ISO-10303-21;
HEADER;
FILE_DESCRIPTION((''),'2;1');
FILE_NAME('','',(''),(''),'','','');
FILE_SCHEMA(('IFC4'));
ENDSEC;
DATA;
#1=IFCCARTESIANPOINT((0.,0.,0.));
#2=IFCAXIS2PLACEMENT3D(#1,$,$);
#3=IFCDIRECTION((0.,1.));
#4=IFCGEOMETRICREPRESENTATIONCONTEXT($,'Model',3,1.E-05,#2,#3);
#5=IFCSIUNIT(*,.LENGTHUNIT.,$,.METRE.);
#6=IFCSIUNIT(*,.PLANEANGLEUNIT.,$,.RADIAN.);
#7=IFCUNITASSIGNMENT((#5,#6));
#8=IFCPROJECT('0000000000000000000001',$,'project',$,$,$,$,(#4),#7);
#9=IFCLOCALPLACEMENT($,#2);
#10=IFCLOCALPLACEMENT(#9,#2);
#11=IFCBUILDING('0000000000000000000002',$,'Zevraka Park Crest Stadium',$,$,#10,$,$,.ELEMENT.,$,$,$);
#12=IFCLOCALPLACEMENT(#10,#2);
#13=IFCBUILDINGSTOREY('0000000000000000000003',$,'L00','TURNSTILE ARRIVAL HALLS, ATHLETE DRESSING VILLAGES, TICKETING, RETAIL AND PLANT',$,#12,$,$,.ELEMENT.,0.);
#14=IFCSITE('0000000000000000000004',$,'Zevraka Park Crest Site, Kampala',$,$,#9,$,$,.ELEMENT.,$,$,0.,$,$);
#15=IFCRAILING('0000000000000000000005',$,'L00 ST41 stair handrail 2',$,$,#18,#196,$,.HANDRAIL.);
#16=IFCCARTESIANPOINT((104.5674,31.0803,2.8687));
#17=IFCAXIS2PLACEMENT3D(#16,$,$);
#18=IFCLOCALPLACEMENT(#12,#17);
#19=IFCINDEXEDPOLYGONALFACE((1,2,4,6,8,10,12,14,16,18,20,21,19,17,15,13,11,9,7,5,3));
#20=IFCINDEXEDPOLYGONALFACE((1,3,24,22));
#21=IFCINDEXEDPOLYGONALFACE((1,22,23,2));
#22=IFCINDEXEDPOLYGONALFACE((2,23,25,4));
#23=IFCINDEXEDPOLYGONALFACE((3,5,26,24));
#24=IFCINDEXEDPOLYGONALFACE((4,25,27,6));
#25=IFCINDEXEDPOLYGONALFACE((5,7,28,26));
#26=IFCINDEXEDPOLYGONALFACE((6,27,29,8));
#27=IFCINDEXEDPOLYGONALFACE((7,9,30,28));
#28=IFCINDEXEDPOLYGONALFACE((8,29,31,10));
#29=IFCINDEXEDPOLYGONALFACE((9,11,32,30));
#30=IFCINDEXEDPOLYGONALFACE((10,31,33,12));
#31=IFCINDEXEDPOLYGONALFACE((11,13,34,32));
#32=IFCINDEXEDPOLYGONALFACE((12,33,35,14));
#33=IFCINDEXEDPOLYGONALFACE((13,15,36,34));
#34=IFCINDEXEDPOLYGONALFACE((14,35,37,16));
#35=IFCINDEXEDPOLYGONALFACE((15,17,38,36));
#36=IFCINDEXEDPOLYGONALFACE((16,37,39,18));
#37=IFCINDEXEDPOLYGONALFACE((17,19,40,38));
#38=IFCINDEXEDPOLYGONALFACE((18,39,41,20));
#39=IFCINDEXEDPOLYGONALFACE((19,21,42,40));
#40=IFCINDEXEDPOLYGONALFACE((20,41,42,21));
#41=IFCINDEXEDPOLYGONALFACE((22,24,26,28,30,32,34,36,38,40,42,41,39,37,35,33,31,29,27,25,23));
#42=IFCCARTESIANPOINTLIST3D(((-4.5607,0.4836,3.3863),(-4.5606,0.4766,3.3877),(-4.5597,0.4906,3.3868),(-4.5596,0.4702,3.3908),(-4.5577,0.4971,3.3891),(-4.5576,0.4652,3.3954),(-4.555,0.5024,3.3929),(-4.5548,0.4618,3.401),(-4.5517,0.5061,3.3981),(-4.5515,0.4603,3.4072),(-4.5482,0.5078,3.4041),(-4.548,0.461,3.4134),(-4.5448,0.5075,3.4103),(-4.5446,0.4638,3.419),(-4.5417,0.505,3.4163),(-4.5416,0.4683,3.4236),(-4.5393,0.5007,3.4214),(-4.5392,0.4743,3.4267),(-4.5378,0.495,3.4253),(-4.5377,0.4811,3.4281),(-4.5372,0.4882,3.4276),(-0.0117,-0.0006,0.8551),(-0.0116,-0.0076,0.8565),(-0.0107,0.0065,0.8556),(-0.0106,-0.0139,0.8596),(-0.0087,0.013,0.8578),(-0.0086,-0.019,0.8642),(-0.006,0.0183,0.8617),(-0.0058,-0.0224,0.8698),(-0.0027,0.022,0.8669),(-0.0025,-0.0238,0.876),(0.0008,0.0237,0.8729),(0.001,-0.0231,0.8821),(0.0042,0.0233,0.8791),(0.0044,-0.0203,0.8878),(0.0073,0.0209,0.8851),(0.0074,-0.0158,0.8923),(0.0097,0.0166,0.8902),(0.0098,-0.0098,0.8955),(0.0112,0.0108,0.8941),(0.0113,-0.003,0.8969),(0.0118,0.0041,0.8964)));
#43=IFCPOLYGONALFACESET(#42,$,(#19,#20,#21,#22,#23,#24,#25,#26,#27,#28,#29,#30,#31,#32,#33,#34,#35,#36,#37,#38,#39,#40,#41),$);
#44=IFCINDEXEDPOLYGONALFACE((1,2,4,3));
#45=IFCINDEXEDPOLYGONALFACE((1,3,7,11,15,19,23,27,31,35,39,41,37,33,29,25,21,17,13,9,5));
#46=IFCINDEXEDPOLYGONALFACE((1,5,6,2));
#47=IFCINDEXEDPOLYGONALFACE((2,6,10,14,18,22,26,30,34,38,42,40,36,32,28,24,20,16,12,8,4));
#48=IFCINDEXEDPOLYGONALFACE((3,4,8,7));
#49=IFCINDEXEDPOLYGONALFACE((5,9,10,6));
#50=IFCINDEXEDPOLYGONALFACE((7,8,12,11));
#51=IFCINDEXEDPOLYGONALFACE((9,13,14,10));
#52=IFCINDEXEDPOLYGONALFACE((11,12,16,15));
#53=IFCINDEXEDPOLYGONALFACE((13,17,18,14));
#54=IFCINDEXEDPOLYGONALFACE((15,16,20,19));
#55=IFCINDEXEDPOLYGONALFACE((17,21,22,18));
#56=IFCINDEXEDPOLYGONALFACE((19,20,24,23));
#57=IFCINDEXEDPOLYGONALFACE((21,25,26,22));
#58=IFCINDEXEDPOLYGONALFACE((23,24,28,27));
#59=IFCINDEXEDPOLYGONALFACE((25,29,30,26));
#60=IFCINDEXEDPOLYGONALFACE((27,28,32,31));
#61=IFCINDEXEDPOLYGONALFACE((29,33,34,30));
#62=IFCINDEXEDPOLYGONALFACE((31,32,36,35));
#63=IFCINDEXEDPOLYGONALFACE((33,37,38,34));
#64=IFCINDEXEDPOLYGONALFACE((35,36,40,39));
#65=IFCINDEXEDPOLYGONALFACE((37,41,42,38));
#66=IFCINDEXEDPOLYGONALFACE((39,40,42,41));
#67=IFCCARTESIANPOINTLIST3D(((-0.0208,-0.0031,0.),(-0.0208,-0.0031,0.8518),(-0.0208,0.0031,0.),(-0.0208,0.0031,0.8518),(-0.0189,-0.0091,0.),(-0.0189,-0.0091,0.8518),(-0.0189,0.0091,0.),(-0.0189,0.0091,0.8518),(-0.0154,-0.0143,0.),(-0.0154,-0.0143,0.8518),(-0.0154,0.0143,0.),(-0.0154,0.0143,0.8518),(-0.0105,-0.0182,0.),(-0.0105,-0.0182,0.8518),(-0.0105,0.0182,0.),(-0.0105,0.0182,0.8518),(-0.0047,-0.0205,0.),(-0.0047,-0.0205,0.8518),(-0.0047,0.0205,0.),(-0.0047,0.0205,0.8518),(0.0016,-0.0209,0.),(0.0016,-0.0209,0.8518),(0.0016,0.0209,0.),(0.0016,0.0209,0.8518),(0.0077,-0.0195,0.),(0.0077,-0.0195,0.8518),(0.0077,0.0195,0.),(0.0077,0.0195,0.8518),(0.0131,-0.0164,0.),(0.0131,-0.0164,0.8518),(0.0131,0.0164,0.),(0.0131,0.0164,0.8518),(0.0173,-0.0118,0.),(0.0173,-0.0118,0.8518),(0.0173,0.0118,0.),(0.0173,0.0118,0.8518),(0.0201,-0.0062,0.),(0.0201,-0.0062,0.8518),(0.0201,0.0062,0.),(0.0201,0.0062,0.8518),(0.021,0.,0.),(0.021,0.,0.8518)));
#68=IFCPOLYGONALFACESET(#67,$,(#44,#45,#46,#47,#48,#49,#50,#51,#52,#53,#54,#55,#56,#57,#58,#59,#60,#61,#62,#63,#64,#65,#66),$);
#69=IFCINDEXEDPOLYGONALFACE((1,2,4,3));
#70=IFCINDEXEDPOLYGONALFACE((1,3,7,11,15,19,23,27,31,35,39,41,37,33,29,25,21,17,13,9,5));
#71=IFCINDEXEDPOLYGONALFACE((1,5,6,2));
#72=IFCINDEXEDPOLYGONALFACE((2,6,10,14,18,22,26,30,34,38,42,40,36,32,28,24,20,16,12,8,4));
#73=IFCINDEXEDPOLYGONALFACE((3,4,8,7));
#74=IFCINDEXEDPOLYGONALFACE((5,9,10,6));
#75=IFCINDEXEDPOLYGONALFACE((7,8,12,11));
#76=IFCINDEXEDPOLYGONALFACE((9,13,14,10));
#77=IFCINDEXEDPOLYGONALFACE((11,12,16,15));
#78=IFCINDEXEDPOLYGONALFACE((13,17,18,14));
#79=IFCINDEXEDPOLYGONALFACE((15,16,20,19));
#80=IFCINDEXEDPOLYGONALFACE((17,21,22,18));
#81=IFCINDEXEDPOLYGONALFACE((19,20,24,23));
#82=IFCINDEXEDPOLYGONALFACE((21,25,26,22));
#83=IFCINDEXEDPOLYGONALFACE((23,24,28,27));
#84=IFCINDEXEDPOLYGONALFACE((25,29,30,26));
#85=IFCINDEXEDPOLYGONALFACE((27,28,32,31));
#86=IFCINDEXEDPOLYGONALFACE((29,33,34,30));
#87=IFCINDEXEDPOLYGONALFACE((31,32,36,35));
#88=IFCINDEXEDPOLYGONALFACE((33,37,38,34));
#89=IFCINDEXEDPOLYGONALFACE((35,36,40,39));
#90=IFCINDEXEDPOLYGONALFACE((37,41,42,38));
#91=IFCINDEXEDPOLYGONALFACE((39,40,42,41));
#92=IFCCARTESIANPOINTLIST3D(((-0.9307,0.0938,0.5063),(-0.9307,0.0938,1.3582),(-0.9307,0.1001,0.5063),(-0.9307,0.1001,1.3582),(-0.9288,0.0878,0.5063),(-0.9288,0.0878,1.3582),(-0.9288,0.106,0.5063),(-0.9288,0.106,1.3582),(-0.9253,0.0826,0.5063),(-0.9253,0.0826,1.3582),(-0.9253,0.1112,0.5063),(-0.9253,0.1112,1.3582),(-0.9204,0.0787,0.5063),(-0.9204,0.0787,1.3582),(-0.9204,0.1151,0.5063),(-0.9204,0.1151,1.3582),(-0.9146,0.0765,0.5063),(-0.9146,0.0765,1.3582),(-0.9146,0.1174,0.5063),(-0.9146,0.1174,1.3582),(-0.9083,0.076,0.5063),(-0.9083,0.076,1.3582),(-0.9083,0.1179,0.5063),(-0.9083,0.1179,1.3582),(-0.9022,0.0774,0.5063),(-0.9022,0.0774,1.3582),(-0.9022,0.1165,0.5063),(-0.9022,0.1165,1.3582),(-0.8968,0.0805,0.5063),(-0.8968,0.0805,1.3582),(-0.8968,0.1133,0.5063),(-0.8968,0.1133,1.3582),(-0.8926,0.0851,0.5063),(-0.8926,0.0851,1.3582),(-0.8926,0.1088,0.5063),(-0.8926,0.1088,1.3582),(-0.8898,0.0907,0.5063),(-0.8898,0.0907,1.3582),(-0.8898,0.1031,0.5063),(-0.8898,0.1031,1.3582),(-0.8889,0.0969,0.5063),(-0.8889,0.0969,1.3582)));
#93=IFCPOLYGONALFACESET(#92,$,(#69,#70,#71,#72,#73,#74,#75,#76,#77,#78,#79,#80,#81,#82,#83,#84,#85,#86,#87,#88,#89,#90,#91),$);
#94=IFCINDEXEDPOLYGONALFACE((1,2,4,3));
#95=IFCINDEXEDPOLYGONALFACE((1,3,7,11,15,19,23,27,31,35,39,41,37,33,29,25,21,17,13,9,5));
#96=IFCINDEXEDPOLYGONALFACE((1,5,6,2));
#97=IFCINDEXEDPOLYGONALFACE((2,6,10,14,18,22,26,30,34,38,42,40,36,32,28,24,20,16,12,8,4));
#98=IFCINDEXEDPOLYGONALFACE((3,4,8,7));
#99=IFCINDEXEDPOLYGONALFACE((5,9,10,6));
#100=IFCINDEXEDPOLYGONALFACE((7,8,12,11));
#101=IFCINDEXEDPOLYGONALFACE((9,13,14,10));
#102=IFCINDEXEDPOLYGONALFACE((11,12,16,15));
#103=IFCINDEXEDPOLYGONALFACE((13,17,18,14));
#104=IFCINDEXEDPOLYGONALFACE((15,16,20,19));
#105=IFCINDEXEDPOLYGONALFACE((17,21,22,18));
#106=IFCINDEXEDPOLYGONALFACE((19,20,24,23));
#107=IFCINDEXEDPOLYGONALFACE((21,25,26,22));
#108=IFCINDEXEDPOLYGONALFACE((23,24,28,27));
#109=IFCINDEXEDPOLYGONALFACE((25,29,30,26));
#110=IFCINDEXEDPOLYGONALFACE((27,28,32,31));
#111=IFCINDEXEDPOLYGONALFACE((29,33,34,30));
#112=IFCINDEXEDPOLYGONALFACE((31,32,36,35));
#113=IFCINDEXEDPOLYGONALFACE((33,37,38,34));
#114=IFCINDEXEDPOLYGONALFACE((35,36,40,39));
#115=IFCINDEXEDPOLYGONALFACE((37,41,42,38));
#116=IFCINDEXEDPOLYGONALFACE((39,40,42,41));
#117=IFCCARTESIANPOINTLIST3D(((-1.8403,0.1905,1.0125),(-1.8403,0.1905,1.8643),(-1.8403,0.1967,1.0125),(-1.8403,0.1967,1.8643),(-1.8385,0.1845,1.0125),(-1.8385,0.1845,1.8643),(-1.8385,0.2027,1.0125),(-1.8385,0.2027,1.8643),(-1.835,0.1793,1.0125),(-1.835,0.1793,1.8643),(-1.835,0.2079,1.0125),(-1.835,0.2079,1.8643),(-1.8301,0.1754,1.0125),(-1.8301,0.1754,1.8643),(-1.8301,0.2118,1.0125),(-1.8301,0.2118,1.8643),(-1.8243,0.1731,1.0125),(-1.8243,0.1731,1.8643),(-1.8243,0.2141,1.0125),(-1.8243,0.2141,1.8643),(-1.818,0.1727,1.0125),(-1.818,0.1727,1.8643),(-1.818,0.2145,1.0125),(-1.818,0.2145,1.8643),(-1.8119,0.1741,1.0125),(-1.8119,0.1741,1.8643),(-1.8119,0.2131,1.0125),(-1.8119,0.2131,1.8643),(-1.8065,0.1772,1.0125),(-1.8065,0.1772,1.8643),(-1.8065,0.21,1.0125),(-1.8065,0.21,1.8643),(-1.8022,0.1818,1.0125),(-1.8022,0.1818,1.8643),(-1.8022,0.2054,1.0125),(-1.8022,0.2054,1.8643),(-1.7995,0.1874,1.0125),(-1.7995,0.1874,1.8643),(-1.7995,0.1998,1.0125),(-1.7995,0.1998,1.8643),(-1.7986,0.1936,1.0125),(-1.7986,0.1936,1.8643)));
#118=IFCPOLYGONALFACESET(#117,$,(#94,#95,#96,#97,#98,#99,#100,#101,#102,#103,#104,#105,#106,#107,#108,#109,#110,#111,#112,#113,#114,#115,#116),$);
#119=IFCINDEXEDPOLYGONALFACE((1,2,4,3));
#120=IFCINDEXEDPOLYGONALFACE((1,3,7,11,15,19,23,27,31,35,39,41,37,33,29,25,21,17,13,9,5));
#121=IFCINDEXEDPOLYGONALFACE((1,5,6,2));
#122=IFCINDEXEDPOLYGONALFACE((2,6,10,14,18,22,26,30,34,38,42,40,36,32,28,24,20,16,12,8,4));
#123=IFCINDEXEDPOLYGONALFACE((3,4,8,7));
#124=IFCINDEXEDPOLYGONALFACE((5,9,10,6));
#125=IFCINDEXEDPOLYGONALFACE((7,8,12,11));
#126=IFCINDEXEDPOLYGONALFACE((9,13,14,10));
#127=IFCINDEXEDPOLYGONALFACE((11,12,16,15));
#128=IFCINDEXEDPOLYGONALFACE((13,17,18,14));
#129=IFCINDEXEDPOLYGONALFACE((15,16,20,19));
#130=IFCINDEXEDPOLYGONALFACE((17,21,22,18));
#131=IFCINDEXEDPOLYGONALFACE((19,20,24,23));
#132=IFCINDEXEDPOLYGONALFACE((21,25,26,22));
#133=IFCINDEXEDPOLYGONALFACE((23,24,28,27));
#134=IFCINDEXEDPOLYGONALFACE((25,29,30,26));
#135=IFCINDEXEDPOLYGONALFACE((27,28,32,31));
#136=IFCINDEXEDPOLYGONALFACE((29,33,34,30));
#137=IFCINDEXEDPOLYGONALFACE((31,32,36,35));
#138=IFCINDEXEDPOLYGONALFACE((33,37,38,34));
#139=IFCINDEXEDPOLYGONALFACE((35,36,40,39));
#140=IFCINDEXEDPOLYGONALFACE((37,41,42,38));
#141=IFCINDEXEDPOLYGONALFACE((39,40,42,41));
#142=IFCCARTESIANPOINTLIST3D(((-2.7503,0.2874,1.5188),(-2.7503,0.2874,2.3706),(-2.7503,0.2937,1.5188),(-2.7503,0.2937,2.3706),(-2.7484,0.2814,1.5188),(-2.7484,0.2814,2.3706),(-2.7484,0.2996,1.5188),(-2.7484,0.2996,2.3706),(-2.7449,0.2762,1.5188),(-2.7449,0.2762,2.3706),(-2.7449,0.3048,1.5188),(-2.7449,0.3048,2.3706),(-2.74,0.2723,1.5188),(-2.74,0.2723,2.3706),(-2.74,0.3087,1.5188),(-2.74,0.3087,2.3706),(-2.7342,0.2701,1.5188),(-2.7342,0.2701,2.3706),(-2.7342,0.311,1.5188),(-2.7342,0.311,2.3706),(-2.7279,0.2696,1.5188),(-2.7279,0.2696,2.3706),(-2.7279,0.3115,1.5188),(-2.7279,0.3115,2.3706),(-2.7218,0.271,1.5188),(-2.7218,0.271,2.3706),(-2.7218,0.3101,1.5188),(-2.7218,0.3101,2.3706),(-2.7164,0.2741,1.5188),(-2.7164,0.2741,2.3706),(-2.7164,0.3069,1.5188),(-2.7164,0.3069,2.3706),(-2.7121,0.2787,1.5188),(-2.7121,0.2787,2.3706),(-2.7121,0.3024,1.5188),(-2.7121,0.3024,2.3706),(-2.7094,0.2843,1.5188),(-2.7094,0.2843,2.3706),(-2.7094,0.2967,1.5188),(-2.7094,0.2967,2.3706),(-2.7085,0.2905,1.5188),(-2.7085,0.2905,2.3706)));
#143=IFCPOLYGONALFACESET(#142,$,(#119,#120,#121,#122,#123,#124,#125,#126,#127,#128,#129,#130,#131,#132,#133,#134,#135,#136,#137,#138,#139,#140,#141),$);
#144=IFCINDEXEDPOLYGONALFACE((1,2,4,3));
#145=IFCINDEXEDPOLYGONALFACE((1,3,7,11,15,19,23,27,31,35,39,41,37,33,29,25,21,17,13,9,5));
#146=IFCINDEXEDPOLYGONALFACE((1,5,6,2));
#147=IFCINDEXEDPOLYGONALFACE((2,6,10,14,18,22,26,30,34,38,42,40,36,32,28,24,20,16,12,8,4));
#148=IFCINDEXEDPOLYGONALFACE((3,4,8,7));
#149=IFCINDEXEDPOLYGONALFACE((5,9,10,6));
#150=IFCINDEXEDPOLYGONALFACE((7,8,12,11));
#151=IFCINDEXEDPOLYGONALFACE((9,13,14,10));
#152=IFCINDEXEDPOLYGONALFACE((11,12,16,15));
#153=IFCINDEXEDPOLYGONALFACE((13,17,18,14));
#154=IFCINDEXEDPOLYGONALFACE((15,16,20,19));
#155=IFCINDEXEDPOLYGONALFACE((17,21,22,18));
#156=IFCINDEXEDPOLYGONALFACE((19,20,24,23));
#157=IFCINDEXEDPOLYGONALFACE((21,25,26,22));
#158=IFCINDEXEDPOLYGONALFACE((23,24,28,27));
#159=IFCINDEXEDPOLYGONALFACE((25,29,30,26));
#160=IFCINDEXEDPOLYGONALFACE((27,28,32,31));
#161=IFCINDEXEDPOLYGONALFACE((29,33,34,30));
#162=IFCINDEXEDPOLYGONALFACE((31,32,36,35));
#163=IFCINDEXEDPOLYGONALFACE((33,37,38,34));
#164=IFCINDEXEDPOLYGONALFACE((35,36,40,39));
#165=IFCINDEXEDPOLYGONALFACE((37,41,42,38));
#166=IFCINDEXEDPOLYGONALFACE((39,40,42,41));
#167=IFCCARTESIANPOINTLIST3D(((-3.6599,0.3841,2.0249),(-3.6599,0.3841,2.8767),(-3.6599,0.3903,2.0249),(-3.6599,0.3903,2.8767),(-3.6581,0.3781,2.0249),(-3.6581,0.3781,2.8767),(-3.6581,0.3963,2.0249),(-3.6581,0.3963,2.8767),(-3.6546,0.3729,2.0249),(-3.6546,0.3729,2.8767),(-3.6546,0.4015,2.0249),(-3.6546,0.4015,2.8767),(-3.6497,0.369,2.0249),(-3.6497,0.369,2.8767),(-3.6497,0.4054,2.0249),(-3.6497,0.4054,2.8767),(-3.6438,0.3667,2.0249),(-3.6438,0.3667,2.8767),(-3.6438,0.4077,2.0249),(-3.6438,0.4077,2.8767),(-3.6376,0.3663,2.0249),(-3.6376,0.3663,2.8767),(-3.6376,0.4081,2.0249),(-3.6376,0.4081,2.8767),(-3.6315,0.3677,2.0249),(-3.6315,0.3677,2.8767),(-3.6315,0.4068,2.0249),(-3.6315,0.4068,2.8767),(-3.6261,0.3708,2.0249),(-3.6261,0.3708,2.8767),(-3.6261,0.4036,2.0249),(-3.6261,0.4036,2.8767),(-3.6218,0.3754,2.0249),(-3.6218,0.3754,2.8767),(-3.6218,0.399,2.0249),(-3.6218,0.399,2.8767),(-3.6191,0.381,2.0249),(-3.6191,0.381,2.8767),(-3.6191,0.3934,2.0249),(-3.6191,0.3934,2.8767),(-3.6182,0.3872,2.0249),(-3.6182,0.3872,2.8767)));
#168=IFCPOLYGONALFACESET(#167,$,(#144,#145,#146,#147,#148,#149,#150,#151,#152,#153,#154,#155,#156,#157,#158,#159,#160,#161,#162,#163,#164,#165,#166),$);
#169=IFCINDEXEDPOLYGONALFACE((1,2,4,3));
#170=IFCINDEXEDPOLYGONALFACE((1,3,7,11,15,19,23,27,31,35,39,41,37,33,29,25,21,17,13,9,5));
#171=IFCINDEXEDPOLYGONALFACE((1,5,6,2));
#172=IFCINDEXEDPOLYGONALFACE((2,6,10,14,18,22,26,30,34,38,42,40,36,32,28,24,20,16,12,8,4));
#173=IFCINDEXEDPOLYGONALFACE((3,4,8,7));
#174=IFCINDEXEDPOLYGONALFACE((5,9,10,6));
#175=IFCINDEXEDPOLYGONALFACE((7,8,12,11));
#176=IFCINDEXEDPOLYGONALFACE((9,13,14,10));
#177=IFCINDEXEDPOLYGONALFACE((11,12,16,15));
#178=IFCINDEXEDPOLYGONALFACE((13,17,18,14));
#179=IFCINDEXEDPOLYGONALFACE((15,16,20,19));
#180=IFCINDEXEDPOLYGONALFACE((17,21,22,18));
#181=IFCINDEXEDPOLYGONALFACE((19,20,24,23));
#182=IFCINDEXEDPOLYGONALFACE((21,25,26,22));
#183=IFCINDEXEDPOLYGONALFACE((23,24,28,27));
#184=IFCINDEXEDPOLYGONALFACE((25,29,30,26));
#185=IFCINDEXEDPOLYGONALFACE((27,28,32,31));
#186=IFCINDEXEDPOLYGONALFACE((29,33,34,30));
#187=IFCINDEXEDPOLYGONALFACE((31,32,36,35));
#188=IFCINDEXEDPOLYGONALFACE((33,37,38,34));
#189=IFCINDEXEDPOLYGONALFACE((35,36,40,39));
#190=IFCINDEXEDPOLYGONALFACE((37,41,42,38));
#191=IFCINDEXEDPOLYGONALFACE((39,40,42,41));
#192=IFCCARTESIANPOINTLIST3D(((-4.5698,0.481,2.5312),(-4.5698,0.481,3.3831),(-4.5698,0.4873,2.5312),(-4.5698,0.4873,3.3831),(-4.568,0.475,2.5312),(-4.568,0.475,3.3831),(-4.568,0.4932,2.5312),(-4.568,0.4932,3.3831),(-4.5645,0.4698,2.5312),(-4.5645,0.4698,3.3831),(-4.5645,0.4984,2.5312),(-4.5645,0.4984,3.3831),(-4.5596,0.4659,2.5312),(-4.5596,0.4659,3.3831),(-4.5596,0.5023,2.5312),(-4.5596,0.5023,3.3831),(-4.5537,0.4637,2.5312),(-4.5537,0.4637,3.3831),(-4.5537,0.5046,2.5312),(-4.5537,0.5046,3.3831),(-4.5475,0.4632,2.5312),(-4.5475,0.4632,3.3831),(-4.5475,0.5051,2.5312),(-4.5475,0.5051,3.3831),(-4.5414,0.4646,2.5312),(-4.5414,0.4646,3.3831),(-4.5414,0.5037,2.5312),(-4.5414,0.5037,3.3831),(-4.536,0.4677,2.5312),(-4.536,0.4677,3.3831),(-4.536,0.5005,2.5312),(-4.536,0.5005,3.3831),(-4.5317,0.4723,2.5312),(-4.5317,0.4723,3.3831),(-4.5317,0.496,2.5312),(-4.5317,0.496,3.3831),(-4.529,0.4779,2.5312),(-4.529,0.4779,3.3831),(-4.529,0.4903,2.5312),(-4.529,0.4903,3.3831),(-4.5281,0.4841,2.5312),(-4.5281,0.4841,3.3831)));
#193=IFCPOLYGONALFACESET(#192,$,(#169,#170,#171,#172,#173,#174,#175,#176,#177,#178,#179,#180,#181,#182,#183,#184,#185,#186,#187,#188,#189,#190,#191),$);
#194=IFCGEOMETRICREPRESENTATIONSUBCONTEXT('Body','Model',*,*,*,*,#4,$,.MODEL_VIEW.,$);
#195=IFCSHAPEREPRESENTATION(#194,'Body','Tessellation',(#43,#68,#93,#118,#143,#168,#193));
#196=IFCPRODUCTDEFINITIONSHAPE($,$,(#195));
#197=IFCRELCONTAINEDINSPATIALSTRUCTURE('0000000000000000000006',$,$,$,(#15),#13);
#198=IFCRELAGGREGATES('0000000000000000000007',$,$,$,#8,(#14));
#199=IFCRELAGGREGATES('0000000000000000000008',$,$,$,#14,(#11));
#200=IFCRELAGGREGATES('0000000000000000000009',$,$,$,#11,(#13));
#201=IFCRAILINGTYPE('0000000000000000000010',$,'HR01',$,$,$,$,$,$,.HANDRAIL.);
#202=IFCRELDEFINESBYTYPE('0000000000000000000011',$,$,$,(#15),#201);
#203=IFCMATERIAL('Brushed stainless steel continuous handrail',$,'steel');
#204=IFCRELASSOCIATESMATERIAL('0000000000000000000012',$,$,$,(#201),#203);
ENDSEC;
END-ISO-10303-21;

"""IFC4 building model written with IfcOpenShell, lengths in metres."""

from ifc_helpers import new_model, si_unit, direction, frame, origin, origin_2d, place, context, subcontext, project, spatial, circle, extrude, material, type_object, element, save


model = new_model("IFC4")

# Units and contexts
model_context = context("Model", 3, precision=1e-05, world=origin(), true_north=direction((0.0, 1.0)))
body_context = subcontext(model_context, "Body", "Model", "MODEL_VIEW")
ifc_project = project(units=[si_unit("LENGTHUNIT", "METRE"), si_unit("PLANEANGLEUNIT", "RADIAN")], contexts=[model_context])

# Site, building, storey
site_placement = place(None, origin())
site = spatial("IfcSite", under=ifc_project, at=site_placement, Name="Zevraka Park Crest Site, Kampala", CompositionType="ELEMENT", RefElevation=0.0)
building_placement = place(site_placement, origin())
building = spatial("IfcBuilding", under=site, at=building_placement, Name="Zevraka Park Crest Stadium", CompositionType="ELEMENT")
storey_placement = place(building_placement, origin())
storey = spatial("IfcBuildingStorey", under=building, at=storey_placement, Name="L00", Description="TURNSTILE ARRIVAL HALLS, ATHLETE DRESSING VILLAGES, TICKETING, RETAIL AND PLANT", CompositionType="ELEMENT", Elevation=0.0)

# Railing
ifc_material_1 = material(Name="Brushed stainless steel continuous handrail", Category="steel")
railing_type_1 = type_object("IfcRailingType", Name="HR01", PredefinedType="HANDRAIL", material=ifc_material_1)
railing_1_placement = place(storey_placement, frame((104.5674, 31.0803, 2.8687)))
element("IfcRailing", 1, at=railing_1_placement, inside=storey, type_object=railing_type_1, Name="L00 ST41 stair handrail 2", PredefinedType="HANDRAIL", context=body_context, shape_type="SweptSolid", body=[
    extrude(circle(Radius=0.0239, at=origin_2d()), frame((0.0, 0.0, 0.876), z_axis=(-0.870078, 0.092597, 0.484139), x_axis=(-0.105826, -0.994385, 0.0)), (0.0, 0.0, 1.0), 5.2283),
    extrude(circle(Radius=0.021, at=origin_2d()), origin(), (0.0, 0.0, 1.0), 0.8518),
    extrude(circle(Radius=0.021, at=origin_2d()), frame((-0.9099, 0.0969, 0.5063)), (0.0, 0.0, 1.0), 0.8518),
    extrude(circle(Radius=0.021, at=origin_2d()), frame((-1.8196, 0.1936, 1.0125)), (0.0, 0.0, 1.0), 0.8518),
    extrude(circle(Radius=0.021, at=origin_2d()), frame((-2.7295, 0.2905, 1.5188)), (0.0, 0.0, 1.0), 0.8518),
    extrude(circle(Radius=0.021, at=origin_2d()), frame((-3.6392, 0.3872, 2.0249)), (0.0, 0.0, 1.0), 0.8518),
    extrude(circle(Radius=0.021, at=origin_2d()), frame((-4.5491, 0.4841, 2.5312)), (0.0, 0.0, 1.0), 0.8518),
])

save(model, "model.ifc")
